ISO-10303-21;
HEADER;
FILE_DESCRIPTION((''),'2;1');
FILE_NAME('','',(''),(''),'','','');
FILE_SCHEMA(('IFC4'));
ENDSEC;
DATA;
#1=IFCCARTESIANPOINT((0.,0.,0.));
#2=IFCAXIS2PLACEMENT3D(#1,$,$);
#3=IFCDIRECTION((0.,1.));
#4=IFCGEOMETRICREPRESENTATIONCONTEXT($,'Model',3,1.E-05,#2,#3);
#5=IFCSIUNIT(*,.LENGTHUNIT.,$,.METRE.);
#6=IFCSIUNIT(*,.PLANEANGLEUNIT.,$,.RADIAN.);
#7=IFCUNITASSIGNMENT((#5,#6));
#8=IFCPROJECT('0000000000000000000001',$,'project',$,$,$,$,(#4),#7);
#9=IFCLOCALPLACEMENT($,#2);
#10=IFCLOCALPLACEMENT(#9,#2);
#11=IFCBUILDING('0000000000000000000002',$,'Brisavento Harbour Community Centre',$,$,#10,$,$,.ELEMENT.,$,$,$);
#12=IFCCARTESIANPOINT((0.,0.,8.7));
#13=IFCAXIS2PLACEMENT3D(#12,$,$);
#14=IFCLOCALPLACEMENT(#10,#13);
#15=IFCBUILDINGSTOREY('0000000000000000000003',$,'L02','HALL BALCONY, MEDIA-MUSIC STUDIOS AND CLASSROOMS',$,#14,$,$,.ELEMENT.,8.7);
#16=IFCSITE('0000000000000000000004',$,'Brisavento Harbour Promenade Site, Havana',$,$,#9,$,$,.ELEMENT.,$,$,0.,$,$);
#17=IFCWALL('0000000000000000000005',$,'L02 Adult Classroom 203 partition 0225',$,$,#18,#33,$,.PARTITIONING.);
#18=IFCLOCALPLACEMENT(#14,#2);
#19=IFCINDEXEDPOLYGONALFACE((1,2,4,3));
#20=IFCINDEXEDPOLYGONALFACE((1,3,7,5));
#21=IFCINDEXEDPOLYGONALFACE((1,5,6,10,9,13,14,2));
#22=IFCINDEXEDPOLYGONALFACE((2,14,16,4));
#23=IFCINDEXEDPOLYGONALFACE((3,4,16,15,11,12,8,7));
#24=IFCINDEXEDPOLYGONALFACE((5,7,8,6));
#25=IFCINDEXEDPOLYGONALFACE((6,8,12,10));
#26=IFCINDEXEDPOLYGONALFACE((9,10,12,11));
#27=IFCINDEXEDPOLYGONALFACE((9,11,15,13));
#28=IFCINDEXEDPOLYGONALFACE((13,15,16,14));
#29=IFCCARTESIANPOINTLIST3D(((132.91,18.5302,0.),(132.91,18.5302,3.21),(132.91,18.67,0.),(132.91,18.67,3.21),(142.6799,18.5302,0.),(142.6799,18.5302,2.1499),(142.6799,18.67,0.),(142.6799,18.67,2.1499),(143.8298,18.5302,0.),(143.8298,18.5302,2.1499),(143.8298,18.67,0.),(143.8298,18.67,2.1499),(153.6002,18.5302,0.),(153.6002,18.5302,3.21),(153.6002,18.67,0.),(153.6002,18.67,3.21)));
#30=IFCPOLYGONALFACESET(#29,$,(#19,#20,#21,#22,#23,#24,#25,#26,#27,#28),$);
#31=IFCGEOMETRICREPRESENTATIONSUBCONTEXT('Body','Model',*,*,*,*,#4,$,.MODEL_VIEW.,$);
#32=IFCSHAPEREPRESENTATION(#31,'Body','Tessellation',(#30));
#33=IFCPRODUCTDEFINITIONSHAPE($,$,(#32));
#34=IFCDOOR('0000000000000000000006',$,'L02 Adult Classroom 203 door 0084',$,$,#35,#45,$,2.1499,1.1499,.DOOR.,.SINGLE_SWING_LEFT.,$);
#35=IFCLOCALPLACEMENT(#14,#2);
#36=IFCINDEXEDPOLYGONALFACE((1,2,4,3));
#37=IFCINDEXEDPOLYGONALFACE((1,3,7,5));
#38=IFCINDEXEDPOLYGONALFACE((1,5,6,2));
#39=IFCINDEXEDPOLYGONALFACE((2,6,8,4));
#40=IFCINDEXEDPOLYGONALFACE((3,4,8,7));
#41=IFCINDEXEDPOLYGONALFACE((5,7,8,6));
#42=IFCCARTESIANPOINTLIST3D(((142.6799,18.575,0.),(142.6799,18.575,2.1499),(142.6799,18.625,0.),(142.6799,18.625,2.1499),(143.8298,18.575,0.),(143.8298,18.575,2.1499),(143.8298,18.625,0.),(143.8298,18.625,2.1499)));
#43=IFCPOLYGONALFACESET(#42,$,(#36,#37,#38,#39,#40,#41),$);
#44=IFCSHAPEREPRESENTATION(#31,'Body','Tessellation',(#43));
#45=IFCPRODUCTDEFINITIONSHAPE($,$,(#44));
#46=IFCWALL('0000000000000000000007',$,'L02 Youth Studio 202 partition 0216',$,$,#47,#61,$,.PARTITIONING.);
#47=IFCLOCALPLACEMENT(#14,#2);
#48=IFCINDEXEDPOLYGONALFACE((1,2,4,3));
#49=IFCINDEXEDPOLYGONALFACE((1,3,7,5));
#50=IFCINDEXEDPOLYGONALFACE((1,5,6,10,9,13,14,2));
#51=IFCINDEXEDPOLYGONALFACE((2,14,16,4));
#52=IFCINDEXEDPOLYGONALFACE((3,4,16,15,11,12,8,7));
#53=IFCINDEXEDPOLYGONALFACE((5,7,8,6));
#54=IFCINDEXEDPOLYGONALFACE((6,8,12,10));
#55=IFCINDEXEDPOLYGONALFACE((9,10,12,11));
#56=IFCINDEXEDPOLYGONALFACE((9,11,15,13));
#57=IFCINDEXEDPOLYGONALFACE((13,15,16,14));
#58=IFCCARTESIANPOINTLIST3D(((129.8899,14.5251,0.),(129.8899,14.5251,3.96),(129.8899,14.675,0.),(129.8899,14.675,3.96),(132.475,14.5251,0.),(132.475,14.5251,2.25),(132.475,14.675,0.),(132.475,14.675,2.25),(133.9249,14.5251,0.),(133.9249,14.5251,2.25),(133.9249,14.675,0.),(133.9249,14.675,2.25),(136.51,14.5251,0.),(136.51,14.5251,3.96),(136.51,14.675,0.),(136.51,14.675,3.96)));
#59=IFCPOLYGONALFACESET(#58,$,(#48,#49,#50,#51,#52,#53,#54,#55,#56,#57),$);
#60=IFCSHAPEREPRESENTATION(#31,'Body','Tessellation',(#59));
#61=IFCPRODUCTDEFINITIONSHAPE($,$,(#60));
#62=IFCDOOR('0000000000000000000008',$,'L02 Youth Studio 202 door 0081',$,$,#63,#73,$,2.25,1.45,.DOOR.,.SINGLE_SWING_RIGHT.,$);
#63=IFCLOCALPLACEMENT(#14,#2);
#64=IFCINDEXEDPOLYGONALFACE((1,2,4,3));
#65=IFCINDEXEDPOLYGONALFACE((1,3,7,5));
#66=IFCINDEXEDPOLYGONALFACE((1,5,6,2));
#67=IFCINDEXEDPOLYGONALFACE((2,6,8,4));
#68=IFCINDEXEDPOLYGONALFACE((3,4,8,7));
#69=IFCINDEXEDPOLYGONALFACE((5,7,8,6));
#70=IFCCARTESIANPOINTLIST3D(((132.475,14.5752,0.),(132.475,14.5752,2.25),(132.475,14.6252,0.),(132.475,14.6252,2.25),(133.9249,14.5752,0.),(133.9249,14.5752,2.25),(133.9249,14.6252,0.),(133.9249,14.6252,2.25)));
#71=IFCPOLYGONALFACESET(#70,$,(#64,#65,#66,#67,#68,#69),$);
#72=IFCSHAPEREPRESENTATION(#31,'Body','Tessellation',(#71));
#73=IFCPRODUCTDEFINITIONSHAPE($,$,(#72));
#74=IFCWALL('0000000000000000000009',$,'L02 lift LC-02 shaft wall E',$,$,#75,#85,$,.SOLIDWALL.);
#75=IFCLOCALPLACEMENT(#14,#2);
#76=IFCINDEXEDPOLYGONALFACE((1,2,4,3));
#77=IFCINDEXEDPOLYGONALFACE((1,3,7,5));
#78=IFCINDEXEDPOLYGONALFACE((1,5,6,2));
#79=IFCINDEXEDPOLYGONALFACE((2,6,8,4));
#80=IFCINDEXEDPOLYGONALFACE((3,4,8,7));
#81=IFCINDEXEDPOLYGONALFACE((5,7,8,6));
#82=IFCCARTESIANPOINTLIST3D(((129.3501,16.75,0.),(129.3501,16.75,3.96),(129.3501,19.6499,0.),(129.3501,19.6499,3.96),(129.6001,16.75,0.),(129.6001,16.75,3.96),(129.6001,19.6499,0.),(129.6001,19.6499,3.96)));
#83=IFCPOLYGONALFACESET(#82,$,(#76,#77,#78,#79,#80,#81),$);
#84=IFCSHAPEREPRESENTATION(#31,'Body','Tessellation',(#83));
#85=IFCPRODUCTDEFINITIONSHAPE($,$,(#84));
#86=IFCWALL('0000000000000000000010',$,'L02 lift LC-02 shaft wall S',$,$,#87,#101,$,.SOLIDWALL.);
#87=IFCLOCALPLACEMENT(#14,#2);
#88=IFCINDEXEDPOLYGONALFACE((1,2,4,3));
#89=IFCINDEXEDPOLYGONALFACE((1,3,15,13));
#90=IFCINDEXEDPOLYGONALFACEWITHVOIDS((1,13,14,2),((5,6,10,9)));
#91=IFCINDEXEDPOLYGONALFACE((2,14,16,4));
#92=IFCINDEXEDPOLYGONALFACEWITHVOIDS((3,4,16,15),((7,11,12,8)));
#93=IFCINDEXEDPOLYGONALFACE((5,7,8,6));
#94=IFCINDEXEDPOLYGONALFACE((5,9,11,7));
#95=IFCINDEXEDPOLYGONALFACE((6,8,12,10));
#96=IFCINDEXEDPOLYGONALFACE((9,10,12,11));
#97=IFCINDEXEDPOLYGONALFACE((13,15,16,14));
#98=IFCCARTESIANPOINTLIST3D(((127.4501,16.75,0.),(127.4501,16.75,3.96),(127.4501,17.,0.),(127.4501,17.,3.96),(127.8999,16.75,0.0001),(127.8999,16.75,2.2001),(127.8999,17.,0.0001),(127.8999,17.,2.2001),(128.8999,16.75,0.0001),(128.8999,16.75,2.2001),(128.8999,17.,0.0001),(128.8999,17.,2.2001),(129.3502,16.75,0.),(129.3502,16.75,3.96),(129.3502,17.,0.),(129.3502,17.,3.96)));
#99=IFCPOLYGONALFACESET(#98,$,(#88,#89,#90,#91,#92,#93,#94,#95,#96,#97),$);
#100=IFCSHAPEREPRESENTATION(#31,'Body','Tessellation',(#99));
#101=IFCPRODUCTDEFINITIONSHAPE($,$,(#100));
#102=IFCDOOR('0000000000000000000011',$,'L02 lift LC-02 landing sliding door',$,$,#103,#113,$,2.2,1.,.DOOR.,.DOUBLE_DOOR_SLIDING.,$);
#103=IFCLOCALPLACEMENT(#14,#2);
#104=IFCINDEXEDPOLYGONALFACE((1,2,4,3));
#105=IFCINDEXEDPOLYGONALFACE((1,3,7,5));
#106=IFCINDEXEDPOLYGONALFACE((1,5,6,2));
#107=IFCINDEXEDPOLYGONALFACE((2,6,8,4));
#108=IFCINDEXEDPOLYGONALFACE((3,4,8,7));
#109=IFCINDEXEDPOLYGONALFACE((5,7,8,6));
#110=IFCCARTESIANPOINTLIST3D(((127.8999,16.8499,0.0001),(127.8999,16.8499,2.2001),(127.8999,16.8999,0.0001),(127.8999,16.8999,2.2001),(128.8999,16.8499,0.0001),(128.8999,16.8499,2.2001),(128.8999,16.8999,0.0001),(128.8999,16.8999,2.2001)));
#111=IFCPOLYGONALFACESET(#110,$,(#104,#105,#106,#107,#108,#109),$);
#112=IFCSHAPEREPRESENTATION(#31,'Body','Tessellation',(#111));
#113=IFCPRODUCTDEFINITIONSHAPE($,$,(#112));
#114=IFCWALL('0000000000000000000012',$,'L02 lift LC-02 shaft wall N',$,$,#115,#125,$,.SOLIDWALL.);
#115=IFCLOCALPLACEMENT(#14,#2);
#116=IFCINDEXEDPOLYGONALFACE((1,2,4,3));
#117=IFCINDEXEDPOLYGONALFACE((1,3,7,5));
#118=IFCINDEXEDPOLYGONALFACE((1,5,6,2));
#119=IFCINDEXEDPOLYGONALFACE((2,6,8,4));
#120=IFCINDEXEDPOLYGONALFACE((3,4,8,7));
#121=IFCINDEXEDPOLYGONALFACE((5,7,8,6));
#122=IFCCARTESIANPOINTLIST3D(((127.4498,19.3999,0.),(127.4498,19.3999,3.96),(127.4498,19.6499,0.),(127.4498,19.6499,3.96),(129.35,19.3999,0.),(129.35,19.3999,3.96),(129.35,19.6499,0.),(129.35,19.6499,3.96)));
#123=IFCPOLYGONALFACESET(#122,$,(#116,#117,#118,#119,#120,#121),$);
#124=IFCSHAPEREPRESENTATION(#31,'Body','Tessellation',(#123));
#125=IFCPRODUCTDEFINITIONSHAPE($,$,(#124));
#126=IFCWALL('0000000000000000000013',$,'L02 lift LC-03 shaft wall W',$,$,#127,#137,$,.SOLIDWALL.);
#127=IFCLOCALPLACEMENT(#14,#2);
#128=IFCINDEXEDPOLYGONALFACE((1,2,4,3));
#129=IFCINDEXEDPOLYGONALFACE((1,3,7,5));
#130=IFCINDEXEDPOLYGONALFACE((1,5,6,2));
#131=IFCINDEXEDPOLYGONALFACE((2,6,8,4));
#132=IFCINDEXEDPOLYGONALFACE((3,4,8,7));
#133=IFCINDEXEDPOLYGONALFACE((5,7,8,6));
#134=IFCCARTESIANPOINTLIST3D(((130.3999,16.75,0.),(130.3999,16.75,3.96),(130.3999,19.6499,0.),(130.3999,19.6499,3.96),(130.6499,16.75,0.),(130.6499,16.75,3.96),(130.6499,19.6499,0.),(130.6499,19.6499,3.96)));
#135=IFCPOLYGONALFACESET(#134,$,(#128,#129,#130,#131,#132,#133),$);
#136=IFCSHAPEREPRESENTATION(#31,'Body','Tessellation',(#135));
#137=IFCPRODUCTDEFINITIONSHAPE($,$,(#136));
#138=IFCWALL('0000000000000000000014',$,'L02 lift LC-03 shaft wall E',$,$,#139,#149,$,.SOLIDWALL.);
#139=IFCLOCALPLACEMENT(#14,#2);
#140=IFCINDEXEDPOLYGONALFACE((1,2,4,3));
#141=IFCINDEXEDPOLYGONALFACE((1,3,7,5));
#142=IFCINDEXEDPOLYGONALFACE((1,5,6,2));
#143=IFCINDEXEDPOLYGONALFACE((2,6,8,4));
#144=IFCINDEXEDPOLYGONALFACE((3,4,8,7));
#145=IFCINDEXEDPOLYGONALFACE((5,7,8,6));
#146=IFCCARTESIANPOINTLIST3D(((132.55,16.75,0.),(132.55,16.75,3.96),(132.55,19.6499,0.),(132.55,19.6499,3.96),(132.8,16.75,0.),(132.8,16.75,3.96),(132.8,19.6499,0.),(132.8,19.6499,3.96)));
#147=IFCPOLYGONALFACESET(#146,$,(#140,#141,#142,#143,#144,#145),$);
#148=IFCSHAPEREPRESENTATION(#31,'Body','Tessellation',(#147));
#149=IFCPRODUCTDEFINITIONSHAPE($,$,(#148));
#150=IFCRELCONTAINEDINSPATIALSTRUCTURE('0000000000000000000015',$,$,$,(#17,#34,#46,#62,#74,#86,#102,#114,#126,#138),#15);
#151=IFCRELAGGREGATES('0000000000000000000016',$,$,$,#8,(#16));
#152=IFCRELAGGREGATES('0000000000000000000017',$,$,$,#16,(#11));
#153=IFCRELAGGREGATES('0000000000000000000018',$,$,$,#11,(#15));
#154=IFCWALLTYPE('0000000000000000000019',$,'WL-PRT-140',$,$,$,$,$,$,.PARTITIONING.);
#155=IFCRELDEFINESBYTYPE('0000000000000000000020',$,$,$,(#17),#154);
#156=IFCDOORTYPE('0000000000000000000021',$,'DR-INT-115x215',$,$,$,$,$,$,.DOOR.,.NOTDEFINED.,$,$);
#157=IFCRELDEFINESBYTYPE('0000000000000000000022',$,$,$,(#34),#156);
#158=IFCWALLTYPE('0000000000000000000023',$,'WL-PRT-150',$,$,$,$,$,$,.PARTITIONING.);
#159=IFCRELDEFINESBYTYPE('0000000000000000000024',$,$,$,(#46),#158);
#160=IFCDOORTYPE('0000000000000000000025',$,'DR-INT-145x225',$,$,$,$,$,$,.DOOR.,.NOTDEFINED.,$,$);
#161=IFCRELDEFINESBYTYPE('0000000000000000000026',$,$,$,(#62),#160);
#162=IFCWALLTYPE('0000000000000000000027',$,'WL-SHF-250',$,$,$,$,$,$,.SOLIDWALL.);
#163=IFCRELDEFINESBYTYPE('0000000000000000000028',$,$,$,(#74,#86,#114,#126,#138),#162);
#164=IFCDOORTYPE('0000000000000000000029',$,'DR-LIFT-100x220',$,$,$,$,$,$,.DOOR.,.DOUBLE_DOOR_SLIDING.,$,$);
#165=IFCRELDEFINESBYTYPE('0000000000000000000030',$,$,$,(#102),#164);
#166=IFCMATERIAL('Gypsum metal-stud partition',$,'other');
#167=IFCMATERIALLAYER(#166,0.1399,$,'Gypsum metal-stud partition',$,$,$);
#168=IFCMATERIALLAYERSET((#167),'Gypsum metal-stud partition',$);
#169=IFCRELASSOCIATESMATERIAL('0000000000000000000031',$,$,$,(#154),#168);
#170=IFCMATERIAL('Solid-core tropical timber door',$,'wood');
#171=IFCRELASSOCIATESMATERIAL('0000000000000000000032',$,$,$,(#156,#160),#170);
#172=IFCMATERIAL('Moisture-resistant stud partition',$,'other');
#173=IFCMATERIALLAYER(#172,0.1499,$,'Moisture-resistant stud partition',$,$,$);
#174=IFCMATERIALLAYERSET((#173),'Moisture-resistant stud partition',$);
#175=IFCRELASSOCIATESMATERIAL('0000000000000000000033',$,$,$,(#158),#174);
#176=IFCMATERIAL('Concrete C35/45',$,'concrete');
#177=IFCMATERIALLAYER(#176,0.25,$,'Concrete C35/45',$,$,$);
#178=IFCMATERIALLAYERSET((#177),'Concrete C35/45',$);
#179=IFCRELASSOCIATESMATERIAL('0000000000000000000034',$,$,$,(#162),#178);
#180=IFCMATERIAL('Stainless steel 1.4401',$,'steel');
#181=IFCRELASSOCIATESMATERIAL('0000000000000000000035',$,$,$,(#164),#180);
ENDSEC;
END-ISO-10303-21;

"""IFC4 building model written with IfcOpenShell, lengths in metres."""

from ifc_helpers import new_model, si_unit, direction, frame, frame_2d, origin, place, context, subcontext, project, spatial, rectangle, extrude, material, layer, layer_set, type_object, element, fill, save


model = new_model("IFC4")

# Units and contexts
model_context = context("Model", 3, precision=1e-05, world=origin(), true_north=direction((0.0, 1.0)))
body_context = subcontext(model_context, "Body", "Model", "MODEL_VIEW")
ifc_project = project(units=[si_unit("LENGTHUNIT", "METRE"), si_unit("PLANEANGLEUNIT", "RADIAN")], contexts=[model_context])

# Site, building, storey
site_placement = place(None, origin())
site = spatial("IfcSite", under=ifc_project, at=site_placement, Name="Brisavento Harbour Promenade Site, Havana", CompositionType="ELEMENT", RefElevation=0.0)
building_placement = place(site_placement, origin())
building = spatial("IfcBuilding", under=site, at=building_placement, Name="Brisavento Harbour Community Centre", CompositionType="ELEMENT")
storey_placement = place(building_placement, frame((0.0, 0.0, 8.7)))
storey = spatial("IfcBuildingStorey", under=building, at=storey_placement, Name="L02", Description="HALL BALCONY, MEDIA-MUSIC STUDIOS AND CLASSROOMS", CompositionType="ELEMENT", Elevation=8.7)

# Shared definitions
ifc_material_1 = material(Name="Concrete C35/45", Category="concrete")

# Shared definitions
ifc_material_2 = material(Name="Gypsum metal-stud partition", Category="other")
ifc_layer_1 = layer(ifc_material_2, 0.1399, Name="Gypsum metal-stud partition")
ifc_layer_set_1 = layer_set([ifc_layer_1], Name="Gypsum metal-stud partition")
wall_type_1 = type_object("IfcWallType", Name="WL-PRT-140", PredefinedType="PARTITIONING", material=ifc_layer_set_1)

# Walls, openings, doors
wall_1_placement = place(storey_placement, frame((132.9099, 18.6001, 0.0), z_axis=(0.0, 0.0, 1.0), x_axis=(1.0, 0.0, 0.0)))
wall_1 = element("IfcWall", 1, at=wall_1_placement, inside=storey, type_object=wall_type_1, Name="L02 Adult Classroom 203 partition 0225", PredefinedType="PARTITIONING", context=body_context, shape_type="SweptSolid", body=[
    extrude(rectangle(XDim=20.6902, YDim=0.1399, at=frame_2d((10.3452, 0.0))), origin(), (0.0, 0.0, 1.0), 3.21),
])
opening_1_placement = place(wall_1_placement, frame((9.77, 0.0, 0.0)))
opening_1 = element("IfcOpeningElement", 2, at=opening_1_placement, cuts=wall_1, PredefinedType="OPENING", context=body_context, shape_type="SweptSolid", body=[
    extrude(rectangle(XDim=1.1499, YDim=2.1499, at=frame_2d((0.575, 1.075))), frame((0.0, 0.0801, 0.0), z_axis=(0.0, -1.0, 0.0), x_axis=(1.0, 0.0, 0.0)), (0.0, 0.0, 1.0), 0.1599),
])
ifc_material_3 = material(Name="Solid-core tropical timber door", Category="wood")
door_type_1 = type_object("IfcDoorType", Name="DR-INT-115x215", OperationType="NOTDEFINED", PredefinedType="DOOR", material=ifc_material_3)
door_1_placement = place(opening_1_placement, origin())
door_1 = element("IfcDoor", 3, at=door_1_placement, inside=storey, type_object=door_type_1, Name="L02 Adult Classroom 203 door 0084", OperationType="SINGLE_SWING_LEFT", OverallHeight=2.1499, OverallWidth=1.1499, PredefinedType="DOOR", context=body_context, shape_type="SweptSolid", body=[
    extrude(rectangle(XDim=1.1499, YDim=2.1499, at=frame_2d((0.575, 1.075))), frame((0.0, 0.0249, 0.0), z_axis=(0.0, -1.0, 0.0), x_axis=(1.0, 0.0, 0.0)), (0.0, 0.0, 1.0), 0.05),
])
fill(opening_1, door_1)
ifc_material_4 = material(Name="Moisture-resistant stud partition", Category="other")
ifc_layer_2 = layer(ifc_material_4, 0.1499, Name="Moisture-resistant stud partition")
ifc_layer_set_2 = layer_set([ifc_layer_2], Name="Moisture-resistant stud partition")
wall_type_2 = type_object("IfcWallType", Name="WL-PRT-150", PredefinedType="PARTITIONING", material=ifc_layer_set_2)
wall_2_placement = place(storey_placement, frame((136.51, 14.6001, 0.0), z_axis=(0.0, 0.0, 1.0), x_axis=(-1.0, 0.0, 0.0)))
wall_2 = element("IfcWall", 4, at=wall_2_placement, inside=storey, type_object=wall_type_2, Name="L02 Youth Studio 202 partition 0216", PredefinedType="PARTITIONING", context=body_context, shape_type="SweptSolid", body=[
    extrude(rectangle(XDim=6.6201, YDim=0.1499, at=frame_2d((3.3101, 0.0))), origin(), (0.0, 0.0, 1.0), 3.96),
])
opening_2_placement = place(wall_2_placement, frame((2.585, 0.0, 0.0)))
opening_2 = element("IfcOpeningElement", 5, at=opening_2_placement, cuts=wall_2, PredefinedType="OPENING", context=body_context, shape_type="SweptSolid", body=[
    extrude(rectangle(XDim=1.45, YDim=2.25, at=frame_2d((0.7251, 1.125))), frame((0.0, 0.085, 0.0), z_axis=(0.0, -1.0, 0.0), x_axis=(1.0, 0.0, 0.0)), (0.0, 0.0, 1.0), 0.1699),
])
door_type_2 = type_object("IfcDoorType", Name="DR-INT-145x225", OperationType="NOTDEFINED", PredefinedType="DOOR", material=ifc_material_3)
door_2_placement = place(opening_2_placement, origin())
door_2 = element("IfcDoor", 6, at=door_2_placement, inside=storey, type_object=door_type_2, Name="L02 Youth Studio 202 door 0081", OperationType="SINGLE_SWING_RIGHT", OverallHeight=2.25, OverallWidth=1.45, PredefinedType="DOOR", context=body_context, shape_type="SweptSolid", body=[
    extrude(rectangle(XDim=1.45, YDim=2.25, at=frame_2d((0.7251, 1.125))), frame((0.0, 0.0249, 0.0), z_axis=(0.0, -1.0, 0.0), x_axis=(1.0, 0.0, 0.0)), (0.0, 0.0, 1.0), 0.05),
])
fill(opening_2, door_2)

# Wall
ifc_layer_3 = layer(ifc_material_1, 0.25, Name="Concrete C35/45")
ifc_layer_set_3 = layer_set([ifc_layer_3], Name="Concrete C35/45")
wall_type_3 = type_object("IfcWallType", Name="WL-SHF-250", PredefinedType="SOLIDWALL", material=ifc_layer_set_3)
wall_3_placement = place(storey_placement, frame((129.4751, 19.6499, 0.0), z_axis=(0.0, 0.0, 1.0), x_axis=(0.0, -1.0, 0.0)))
element("IfcWall", 7, at=wall_3_placement, inside=storey, type_object=wall_type_3, Name="L02 lift LC-02 shaft wall E", PredefinedType="SOLIDWALL", context=body_context, shape_type="SweptSolid", body=[
    extrude(rectangle(XDim=2.8999, YDim=0.25, at=frame_2d((1.45, 0.0))), origin(), (0.0, 0.0, 1.0), 3.96),
])

# Wall, opening, door
wall_4_placement = place(storey_placement, frame((127.45, 16.875, 0.0), z_axis=(0.0, 0.0, 1.0), x_axis=(1.0, 0.0, 0.0)))
wall_4 = element("IfcWall", 8, at=wall_4_placement, inside=storey, type_object=wall_type_3, Name="L02 lift LC-02 shaft wall S", PredefinedType="SOLIDWALL", context=body_context, shape_type="SweptSolid", body=[
    extrude(rectangle(XDim=1.9001, YDim=0.25, at=frame_2d((0.9502, 0.0))), origin(), (0.0, 0.0, 1.0), 3.96),
])
opening_3_placement = place(wall_4_placement, frame((0.45, 0.0, 0.0)))
opening_3 = element("IfcOpeningElement", 9, at=opening_3_placement, cuts=wall_4, PredefinedType="OPENING", context=body_context, shape_type="SweptSolid", body=[
    extrude(rectangle(XDim=1.0, YDim=2.2, at=frame_2d((0.5, 1.1001))), frame((0.0, 0.135, 0.0), z_axis=(0.0, -1.0, 0.0), x_axis=(1.0, 0.0, 0.0)), (0.0, 0.0, 1.0), 0.27),
])
ifc_material_5 = material(Name="Stainless steel 1.4401", Category="steel")
door_type_3 = type_object("IfcDoorType", Name="DR-LIFT-100x220", OperationType="DOUBLE_DOOR_SLIDING", PredefinedType="DOOR", material=ifc_material_5)
door_3_placement = place(opening_3_placement, origin())
door_3 = element("IfcDoor", 10, at=door_3_placement, inside=storey, type_object=door_type_3, Name="L02 lift LC-02 landing sliding door", OperationType="DOUBLE_DOOR_SLIDING", OverallHeight=2.2, OverallWidth=1.0, PredefinedType="DOOR", context=body_context, shape_type="SweptSolid", body=[
    extrude(rectangle(XDim=1.0, YDim=2.2, at=frame_2d((0.5, 1.1001))), frame((0.0, 0.0249, 0.0), z_axis=(0.0, -1.0, 0.0), x_axis=(1.0, 0.0, 0.0)), (0.0, 0.0, 1.0), 0.05),
])
fill(opening_3, door_3)

# Walls
wall_5_placement = place(storey_placement, frame((129.3501, 19.5249, 0.0), z_axis=(0.0, 0.0, 1.0), x_axis=(-1.0, 0.0, 0.0)))
element("IfcWall", 11, at=wall_5_placement, inside=storey, type_object=wall_type_3, Name="L02 lift LC-02 shaft wall N", PredefinedType="SOLIDWALL", context=body_context, shape_type="SweptSolid", body=[
    extrude(rectangle(XDim=1.9001, YDim=0.25, at=frame_2d((0.9502, 0.0))), origin(), (0.0, 0.0, 1.0), 3.96),
])
for number, where, z_axis, x_axis, name in (
    (12, (130.5249, 16.75, 0.0), (0.0, 0.0, 1.0), (0.0, 1.0, 0.0), "L02 lift LC-03 shaft wall W"),
    (13, (132.675, 19.6499, 0.0), (0.0, 0.0, 1.0), (0.0, -1.0, 0.0), "L02 lift LC-03 shaft wall E"),
):
    element("IfcWall", number, at=place(storey_placement, frame(where, z_axis=z_axis, x_axis=x_axis)), inside=storey, type_object=wall_type_3, Name=name, PredefinedType="SOLIDWALL", context=body_context, shape_type="SweptSolid", body=[
        extrude(rectangle(XDim=2.8999, YDim=0.25, at=frame_2d((1.45, 0.0))), origin(), (0.0, 0.0, 1.0), 3.96),
    ])

save(model, "model.ifc")
